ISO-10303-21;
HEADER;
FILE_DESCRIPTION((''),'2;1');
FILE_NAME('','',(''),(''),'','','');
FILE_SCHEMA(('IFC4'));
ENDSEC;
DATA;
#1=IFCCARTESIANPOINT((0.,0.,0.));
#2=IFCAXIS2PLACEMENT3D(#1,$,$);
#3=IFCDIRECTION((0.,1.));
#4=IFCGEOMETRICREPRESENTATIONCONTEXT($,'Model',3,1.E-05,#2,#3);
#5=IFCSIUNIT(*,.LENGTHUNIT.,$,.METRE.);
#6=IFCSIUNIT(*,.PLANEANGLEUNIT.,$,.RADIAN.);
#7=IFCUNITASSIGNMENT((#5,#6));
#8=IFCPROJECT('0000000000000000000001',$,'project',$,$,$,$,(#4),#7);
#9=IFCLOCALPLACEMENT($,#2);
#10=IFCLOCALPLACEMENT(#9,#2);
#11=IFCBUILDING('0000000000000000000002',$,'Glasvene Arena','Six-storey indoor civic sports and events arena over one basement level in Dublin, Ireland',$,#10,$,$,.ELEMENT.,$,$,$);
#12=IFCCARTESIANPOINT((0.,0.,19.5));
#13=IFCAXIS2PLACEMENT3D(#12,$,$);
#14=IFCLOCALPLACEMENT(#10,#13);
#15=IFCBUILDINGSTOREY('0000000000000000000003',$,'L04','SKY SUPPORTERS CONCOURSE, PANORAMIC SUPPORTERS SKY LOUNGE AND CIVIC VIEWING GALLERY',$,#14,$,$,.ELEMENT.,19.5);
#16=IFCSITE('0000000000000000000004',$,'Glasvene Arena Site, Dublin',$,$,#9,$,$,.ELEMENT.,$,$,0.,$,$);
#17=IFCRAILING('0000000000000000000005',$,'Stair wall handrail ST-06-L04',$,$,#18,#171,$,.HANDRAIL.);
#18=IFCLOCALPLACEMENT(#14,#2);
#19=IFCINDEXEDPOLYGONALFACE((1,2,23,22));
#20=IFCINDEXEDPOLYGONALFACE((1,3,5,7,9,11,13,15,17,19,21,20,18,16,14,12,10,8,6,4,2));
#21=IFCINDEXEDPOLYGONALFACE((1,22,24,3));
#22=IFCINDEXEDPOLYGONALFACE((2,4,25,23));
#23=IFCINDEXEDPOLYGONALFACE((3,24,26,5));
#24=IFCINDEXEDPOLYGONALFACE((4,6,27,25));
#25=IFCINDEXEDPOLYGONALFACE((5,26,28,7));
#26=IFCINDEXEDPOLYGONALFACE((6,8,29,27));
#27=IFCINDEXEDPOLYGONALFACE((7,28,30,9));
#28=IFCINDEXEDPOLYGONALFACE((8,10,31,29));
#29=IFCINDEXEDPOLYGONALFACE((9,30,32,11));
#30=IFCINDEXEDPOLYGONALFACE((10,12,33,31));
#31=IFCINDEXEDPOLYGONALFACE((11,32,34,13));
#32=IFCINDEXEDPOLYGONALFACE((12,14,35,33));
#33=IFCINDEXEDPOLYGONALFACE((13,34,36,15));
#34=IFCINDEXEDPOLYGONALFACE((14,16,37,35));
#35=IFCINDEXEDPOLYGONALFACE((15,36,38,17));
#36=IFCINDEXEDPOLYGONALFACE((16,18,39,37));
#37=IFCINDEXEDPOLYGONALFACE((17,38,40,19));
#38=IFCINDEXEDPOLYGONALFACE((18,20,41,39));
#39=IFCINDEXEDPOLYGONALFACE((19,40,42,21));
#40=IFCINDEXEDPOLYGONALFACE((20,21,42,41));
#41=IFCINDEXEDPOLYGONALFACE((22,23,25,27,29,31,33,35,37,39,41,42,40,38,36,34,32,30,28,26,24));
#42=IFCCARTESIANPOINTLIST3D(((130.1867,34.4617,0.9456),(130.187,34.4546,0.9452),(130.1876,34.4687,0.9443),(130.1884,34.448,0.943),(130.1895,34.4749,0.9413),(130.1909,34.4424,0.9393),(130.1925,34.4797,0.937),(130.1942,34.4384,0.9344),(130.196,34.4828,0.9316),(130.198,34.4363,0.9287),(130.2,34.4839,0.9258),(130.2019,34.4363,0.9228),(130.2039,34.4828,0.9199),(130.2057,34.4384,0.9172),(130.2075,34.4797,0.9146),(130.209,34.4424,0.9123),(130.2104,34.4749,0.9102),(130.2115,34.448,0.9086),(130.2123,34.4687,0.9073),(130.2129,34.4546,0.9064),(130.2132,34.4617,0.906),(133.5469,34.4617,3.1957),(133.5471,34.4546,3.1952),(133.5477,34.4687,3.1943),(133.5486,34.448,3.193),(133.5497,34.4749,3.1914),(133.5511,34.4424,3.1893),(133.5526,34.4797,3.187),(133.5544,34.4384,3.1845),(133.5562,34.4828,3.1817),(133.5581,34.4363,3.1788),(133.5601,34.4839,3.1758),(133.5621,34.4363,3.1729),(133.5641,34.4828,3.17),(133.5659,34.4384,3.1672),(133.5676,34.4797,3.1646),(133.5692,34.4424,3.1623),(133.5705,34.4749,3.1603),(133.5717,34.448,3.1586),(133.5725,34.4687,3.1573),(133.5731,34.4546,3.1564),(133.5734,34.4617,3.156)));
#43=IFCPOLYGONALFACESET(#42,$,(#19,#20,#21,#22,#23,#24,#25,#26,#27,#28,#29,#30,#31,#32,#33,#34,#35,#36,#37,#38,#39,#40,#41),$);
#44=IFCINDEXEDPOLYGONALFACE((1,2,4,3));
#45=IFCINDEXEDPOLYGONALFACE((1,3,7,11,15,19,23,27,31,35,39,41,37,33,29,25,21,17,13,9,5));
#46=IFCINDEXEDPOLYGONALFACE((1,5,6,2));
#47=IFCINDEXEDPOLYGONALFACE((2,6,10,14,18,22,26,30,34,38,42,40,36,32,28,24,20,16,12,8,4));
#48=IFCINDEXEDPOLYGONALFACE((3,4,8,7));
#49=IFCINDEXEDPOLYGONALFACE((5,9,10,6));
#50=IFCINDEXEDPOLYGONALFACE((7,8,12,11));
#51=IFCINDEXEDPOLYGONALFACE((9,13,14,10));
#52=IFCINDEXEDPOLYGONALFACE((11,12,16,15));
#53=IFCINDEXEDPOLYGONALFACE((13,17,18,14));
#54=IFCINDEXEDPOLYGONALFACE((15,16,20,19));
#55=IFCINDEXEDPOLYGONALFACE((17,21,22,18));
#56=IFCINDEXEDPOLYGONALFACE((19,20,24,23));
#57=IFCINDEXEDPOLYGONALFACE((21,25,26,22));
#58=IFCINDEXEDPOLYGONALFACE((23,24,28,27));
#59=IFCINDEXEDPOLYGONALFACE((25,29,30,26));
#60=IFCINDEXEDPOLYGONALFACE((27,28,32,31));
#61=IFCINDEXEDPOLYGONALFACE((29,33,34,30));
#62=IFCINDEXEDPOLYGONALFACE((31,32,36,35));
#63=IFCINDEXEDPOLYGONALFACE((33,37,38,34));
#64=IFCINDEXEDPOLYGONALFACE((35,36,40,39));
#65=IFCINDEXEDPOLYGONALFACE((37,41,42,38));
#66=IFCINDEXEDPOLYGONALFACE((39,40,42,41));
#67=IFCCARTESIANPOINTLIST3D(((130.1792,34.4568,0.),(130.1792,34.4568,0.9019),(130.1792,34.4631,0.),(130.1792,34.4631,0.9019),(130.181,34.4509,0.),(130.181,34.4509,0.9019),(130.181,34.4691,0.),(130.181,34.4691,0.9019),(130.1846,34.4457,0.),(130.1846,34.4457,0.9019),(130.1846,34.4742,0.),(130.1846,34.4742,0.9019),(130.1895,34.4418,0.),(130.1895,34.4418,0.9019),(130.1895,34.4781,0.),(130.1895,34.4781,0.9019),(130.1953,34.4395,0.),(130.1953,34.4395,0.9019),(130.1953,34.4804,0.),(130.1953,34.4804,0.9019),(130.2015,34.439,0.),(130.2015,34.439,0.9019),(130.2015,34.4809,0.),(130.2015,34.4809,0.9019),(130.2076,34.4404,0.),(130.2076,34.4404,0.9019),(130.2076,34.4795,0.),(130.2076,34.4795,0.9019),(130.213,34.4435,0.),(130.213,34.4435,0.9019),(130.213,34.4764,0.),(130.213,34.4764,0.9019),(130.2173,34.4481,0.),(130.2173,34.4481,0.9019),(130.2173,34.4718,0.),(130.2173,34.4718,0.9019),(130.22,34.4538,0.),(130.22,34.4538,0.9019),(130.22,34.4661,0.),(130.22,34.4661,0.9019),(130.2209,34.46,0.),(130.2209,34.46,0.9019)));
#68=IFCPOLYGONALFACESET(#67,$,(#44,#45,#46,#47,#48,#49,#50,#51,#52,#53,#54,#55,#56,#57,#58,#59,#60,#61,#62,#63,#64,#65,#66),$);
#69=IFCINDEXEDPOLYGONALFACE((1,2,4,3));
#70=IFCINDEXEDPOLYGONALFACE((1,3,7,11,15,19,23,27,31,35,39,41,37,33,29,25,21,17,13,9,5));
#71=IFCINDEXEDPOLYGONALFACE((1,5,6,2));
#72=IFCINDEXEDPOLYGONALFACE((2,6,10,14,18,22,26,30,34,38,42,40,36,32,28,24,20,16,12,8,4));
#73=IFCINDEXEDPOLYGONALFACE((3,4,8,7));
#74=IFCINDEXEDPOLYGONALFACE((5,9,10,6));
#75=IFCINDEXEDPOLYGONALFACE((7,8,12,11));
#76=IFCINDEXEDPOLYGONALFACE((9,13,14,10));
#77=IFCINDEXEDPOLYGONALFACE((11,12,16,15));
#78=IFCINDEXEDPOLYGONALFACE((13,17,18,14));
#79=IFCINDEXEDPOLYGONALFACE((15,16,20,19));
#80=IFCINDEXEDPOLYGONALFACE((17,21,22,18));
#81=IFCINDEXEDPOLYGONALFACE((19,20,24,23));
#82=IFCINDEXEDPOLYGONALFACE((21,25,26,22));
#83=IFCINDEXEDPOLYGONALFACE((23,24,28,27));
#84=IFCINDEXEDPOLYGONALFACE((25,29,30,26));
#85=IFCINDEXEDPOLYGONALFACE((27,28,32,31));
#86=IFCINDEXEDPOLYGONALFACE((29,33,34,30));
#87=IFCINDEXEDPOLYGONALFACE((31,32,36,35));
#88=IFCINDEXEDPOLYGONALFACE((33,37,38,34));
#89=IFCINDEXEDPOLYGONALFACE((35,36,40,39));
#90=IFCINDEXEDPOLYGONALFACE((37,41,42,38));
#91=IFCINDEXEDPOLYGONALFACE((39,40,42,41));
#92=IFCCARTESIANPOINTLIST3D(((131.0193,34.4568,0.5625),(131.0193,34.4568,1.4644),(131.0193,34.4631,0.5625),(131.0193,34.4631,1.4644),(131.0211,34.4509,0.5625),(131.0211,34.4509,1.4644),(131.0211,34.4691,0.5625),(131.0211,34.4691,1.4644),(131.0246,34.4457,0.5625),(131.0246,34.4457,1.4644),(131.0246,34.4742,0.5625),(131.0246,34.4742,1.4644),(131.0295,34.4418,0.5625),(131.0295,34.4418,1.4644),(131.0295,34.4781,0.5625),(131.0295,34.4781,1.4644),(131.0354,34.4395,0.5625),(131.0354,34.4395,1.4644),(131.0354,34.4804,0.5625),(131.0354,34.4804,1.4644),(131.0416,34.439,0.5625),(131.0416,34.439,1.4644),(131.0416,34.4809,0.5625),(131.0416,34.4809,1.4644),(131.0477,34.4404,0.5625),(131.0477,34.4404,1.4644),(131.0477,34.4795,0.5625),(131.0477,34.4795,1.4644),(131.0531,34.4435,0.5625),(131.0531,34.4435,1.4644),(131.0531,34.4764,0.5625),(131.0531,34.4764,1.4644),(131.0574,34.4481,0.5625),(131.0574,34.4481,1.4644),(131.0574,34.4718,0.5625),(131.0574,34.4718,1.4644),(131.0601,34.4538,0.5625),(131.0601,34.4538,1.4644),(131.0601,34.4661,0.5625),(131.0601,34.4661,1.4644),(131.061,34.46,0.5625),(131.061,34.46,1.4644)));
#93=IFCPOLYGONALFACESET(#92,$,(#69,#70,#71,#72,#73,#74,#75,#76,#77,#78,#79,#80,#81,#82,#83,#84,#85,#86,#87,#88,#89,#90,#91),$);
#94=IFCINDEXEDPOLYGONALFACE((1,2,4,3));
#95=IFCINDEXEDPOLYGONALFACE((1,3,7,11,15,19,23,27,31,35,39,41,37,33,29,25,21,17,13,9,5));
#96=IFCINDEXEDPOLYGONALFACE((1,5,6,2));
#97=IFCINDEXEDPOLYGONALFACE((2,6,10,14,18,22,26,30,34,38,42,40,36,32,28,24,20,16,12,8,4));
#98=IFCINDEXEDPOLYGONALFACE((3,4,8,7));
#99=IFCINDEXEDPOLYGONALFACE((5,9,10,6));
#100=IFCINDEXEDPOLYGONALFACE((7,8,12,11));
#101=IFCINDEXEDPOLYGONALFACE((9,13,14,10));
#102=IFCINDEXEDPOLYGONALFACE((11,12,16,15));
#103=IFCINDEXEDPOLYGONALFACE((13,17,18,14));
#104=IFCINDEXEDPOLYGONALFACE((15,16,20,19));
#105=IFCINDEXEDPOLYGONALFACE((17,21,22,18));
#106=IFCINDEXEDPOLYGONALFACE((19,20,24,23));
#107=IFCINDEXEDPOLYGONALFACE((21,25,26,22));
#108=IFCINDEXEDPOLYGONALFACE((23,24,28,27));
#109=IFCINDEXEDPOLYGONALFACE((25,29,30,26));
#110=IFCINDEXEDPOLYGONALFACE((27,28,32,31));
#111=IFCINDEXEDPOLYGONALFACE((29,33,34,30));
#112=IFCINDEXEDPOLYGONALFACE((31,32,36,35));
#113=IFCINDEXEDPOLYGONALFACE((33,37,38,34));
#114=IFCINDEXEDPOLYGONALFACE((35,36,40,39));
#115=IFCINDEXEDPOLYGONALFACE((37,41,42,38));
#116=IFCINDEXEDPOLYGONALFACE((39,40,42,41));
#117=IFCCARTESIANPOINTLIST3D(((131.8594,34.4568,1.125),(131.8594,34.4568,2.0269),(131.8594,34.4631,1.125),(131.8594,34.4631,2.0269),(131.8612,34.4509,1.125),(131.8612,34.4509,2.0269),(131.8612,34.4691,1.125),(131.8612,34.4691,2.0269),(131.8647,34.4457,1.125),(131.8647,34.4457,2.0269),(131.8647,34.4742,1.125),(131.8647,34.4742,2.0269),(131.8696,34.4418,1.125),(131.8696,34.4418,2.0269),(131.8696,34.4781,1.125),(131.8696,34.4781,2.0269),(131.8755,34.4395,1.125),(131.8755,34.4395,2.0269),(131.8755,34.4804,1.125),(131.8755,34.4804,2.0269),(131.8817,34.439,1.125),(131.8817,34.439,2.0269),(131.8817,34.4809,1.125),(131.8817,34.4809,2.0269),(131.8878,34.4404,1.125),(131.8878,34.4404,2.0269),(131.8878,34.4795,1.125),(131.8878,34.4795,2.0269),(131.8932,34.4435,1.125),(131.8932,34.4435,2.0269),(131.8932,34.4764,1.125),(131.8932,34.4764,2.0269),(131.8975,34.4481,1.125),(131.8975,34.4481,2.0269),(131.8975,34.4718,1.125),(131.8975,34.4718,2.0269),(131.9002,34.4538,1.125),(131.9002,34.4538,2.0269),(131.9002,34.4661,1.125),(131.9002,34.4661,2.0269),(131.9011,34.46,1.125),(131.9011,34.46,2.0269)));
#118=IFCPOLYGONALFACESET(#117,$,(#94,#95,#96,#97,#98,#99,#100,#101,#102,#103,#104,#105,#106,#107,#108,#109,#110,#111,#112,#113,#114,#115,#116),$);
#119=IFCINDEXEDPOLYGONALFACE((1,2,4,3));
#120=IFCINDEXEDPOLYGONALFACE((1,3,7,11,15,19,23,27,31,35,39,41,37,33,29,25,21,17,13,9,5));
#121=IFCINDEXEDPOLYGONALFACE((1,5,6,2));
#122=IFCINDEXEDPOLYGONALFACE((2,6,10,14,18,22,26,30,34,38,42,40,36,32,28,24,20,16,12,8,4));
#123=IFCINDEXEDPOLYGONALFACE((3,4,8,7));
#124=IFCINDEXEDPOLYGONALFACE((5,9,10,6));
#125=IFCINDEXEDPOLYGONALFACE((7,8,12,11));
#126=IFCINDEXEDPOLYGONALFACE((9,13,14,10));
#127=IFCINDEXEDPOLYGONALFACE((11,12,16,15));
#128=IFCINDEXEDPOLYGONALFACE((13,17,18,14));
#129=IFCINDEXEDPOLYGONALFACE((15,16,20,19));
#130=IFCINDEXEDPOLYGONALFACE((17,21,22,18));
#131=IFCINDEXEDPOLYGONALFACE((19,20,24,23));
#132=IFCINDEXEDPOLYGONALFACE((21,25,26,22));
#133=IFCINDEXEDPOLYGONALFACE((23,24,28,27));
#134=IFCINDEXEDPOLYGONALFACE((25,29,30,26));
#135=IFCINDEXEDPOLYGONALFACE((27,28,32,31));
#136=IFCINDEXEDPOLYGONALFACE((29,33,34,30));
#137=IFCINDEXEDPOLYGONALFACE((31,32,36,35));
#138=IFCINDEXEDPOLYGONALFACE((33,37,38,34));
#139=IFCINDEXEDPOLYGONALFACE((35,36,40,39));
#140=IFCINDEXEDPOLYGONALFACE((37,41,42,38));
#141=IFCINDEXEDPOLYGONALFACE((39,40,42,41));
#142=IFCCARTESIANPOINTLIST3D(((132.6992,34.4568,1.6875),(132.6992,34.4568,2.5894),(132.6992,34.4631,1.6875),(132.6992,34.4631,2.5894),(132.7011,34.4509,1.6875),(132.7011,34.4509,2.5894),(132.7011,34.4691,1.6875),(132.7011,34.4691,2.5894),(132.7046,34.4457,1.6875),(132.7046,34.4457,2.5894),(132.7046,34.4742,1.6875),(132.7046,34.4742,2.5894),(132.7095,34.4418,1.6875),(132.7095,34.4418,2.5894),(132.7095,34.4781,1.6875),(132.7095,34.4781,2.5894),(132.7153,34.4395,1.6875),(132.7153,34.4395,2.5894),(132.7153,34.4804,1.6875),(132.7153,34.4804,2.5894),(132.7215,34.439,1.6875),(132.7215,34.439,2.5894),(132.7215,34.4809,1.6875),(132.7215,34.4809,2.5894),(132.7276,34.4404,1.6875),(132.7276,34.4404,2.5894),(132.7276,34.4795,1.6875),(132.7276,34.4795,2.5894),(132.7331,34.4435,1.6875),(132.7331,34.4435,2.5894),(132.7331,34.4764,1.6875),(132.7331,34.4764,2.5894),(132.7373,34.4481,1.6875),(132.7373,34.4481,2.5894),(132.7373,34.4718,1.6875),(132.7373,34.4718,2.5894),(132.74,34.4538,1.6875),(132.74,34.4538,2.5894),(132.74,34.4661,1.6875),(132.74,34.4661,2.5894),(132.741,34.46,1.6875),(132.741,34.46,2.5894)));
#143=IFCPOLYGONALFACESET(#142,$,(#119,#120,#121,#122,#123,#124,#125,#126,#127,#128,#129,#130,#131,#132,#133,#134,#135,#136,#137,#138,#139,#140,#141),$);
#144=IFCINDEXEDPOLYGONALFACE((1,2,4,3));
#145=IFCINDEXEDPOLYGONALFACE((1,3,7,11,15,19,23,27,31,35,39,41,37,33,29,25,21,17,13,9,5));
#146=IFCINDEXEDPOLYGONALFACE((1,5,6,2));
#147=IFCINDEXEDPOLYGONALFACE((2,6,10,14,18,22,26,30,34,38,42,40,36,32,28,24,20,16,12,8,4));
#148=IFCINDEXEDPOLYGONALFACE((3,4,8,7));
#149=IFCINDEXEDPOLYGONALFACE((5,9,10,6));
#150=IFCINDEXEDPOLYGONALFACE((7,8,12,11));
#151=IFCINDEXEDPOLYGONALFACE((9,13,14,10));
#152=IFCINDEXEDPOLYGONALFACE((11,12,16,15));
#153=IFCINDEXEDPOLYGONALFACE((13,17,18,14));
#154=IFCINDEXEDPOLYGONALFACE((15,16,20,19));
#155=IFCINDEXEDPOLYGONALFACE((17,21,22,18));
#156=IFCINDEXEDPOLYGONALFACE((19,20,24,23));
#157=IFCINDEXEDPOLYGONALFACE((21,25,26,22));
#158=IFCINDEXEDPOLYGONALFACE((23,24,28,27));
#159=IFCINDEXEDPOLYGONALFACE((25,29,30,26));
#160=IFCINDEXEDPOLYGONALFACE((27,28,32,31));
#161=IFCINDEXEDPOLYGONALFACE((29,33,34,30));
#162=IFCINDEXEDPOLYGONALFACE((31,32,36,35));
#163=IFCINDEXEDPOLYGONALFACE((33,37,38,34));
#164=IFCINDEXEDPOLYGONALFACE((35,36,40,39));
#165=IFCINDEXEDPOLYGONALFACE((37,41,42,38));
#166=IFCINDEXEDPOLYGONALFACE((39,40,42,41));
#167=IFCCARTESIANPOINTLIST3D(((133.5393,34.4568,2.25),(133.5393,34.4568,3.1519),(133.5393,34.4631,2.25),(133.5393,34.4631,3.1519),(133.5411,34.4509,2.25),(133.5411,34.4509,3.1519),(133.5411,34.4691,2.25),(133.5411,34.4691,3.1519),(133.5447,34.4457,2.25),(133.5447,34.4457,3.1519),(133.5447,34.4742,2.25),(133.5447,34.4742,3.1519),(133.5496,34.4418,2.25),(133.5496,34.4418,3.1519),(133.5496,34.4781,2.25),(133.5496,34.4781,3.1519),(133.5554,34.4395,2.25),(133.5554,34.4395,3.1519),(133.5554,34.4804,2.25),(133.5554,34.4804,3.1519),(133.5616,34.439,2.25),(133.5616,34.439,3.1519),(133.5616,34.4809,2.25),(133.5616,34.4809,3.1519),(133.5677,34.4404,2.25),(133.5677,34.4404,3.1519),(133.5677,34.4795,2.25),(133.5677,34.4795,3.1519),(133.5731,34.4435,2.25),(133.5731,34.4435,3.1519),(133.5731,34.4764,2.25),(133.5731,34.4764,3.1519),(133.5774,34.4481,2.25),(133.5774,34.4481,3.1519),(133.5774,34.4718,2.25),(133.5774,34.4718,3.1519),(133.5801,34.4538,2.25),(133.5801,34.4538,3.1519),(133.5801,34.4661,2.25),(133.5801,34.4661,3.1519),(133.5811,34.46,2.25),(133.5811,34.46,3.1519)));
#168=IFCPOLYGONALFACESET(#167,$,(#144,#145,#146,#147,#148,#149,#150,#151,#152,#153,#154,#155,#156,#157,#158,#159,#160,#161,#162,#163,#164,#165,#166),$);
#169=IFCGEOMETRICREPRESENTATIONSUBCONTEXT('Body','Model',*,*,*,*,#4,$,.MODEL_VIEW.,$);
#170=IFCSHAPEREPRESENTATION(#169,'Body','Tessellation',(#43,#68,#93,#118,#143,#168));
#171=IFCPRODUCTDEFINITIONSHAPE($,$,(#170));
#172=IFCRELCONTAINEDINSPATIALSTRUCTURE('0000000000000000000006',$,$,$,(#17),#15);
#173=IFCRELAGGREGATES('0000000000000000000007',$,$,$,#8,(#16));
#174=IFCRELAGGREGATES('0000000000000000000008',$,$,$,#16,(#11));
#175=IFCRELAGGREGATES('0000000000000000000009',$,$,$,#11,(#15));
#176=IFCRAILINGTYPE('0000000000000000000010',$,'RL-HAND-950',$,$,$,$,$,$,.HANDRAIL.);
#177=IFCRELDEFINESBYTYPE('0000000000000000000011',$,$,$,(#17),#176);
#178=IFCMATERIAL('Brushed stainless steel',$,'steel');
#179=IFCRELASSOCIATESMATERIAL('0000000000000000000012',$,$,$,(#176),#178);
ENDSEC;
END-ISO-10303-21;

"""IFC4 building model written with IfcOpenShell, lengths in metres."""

from ifc_helpers import new_model, si_unit, direction, frame, origin, origin_2d, place, context, subcontext, project, spatial, circle, extrude, material, type_object, element, save


model = new_model("IFC4")

# Units and contexts
model_context = context("Model", 3, precision=1e-05, world=origin(), true_north=direction((0.0, 1.0)))
body_context = subcontext(model_context, "Body", "Model", "MODEL_VIEW")
ifc_project = project(units=[si_unit("LENGTHUNIT", "METRE"), si_unit("PLANEANGLEUNIT", "RADIAN")], contexts=[model_context])

# Site, building, storey
site_placement = place(None, origin())
site = spatial("IfcSite", under=ifc_project, at=site_placement, Name="Glasvene Arena Site, Dublin", CompositionType="ELEMENT", RefElevation=0.0)
building_placement = place(site_placement, origin())
building = spatial("IfcBuilding", under=site, at=building_placement, Name="Glasvene Arena", Description="Six-storey indoor civic sports and events arena over one basement level in Dublin, Ireland", CompositionType="ELEMENT")
storey_placement = place(building_placement, frame((0.0, 0.0, 19.5)))
storey = spatial("IfcBuildingStorey", under=building, at=storey_placement, Name="L04", Description="SKY SUPPORTERS CONCOURSE, PANORAMIC SUPPORTERS SKY LOUNGE AND CIVIC VIEWING GALLERY", CompositionType="ELEMENT", Elevation=19.5)

# Railing
ifc_material_1 = material(Name="Brushed stainless steel", Category="steel")
railing_type_1 = type_object("IfcRailingType", Name="RL-HAND-950", PredefinedType="HANDRAIL", material=ifc_material_1)
railing_1_placement = place(storey_placement, frame((130.2, 34.46, 0.0)))
element("IfcRailing", 1, at=railing_1_placement, inside=storey, type_object=railing_type_1, Name="Stair wall handrail ST-06-L04", PredefinedType="HANDRAIL", context=body_context, shape_type="SweptSolid", body=[
    extrude(circle(Radius=0.0239, at=origin_2d()), frame((0.0, 0.0, 0.9258), z_axis=(0.830915, 0.0, 0.556399), x_axis=(0.0, 1.0, 0.0)), (0.0, 0.0, 1.0), 4.0439),
    extrude(circle(Radius=0.021, at=origin_2d()), origin(), (0.0, 0.0, 1.0), 0.9019),
    extrude(circle(Radius=0.021, at=origin_2d()), frame((0.8401, 0.0, 0.5625)), (0.0, 0.0, 1.0), 0.9019),
    extrude(circle(Radius=0.021, at=origin_2d()), frame((1.6802, 0.0, 1.125)), (0.0, 0.0, 1.0), 0.9019),
    extrude(circle(Radius=0.021, at=origin_2d()), frame((2.52, 0.0, 1.6875)), (0.0, 0.0, 1.0), 0.9019),
    extrude(circle(Radius=0.021, at=origin_2d()), frame((3.3601, 0.0, 2.25)), (0.0, 0.0, 1.0), 0.9019),
])

save(model, "model.ifc")
